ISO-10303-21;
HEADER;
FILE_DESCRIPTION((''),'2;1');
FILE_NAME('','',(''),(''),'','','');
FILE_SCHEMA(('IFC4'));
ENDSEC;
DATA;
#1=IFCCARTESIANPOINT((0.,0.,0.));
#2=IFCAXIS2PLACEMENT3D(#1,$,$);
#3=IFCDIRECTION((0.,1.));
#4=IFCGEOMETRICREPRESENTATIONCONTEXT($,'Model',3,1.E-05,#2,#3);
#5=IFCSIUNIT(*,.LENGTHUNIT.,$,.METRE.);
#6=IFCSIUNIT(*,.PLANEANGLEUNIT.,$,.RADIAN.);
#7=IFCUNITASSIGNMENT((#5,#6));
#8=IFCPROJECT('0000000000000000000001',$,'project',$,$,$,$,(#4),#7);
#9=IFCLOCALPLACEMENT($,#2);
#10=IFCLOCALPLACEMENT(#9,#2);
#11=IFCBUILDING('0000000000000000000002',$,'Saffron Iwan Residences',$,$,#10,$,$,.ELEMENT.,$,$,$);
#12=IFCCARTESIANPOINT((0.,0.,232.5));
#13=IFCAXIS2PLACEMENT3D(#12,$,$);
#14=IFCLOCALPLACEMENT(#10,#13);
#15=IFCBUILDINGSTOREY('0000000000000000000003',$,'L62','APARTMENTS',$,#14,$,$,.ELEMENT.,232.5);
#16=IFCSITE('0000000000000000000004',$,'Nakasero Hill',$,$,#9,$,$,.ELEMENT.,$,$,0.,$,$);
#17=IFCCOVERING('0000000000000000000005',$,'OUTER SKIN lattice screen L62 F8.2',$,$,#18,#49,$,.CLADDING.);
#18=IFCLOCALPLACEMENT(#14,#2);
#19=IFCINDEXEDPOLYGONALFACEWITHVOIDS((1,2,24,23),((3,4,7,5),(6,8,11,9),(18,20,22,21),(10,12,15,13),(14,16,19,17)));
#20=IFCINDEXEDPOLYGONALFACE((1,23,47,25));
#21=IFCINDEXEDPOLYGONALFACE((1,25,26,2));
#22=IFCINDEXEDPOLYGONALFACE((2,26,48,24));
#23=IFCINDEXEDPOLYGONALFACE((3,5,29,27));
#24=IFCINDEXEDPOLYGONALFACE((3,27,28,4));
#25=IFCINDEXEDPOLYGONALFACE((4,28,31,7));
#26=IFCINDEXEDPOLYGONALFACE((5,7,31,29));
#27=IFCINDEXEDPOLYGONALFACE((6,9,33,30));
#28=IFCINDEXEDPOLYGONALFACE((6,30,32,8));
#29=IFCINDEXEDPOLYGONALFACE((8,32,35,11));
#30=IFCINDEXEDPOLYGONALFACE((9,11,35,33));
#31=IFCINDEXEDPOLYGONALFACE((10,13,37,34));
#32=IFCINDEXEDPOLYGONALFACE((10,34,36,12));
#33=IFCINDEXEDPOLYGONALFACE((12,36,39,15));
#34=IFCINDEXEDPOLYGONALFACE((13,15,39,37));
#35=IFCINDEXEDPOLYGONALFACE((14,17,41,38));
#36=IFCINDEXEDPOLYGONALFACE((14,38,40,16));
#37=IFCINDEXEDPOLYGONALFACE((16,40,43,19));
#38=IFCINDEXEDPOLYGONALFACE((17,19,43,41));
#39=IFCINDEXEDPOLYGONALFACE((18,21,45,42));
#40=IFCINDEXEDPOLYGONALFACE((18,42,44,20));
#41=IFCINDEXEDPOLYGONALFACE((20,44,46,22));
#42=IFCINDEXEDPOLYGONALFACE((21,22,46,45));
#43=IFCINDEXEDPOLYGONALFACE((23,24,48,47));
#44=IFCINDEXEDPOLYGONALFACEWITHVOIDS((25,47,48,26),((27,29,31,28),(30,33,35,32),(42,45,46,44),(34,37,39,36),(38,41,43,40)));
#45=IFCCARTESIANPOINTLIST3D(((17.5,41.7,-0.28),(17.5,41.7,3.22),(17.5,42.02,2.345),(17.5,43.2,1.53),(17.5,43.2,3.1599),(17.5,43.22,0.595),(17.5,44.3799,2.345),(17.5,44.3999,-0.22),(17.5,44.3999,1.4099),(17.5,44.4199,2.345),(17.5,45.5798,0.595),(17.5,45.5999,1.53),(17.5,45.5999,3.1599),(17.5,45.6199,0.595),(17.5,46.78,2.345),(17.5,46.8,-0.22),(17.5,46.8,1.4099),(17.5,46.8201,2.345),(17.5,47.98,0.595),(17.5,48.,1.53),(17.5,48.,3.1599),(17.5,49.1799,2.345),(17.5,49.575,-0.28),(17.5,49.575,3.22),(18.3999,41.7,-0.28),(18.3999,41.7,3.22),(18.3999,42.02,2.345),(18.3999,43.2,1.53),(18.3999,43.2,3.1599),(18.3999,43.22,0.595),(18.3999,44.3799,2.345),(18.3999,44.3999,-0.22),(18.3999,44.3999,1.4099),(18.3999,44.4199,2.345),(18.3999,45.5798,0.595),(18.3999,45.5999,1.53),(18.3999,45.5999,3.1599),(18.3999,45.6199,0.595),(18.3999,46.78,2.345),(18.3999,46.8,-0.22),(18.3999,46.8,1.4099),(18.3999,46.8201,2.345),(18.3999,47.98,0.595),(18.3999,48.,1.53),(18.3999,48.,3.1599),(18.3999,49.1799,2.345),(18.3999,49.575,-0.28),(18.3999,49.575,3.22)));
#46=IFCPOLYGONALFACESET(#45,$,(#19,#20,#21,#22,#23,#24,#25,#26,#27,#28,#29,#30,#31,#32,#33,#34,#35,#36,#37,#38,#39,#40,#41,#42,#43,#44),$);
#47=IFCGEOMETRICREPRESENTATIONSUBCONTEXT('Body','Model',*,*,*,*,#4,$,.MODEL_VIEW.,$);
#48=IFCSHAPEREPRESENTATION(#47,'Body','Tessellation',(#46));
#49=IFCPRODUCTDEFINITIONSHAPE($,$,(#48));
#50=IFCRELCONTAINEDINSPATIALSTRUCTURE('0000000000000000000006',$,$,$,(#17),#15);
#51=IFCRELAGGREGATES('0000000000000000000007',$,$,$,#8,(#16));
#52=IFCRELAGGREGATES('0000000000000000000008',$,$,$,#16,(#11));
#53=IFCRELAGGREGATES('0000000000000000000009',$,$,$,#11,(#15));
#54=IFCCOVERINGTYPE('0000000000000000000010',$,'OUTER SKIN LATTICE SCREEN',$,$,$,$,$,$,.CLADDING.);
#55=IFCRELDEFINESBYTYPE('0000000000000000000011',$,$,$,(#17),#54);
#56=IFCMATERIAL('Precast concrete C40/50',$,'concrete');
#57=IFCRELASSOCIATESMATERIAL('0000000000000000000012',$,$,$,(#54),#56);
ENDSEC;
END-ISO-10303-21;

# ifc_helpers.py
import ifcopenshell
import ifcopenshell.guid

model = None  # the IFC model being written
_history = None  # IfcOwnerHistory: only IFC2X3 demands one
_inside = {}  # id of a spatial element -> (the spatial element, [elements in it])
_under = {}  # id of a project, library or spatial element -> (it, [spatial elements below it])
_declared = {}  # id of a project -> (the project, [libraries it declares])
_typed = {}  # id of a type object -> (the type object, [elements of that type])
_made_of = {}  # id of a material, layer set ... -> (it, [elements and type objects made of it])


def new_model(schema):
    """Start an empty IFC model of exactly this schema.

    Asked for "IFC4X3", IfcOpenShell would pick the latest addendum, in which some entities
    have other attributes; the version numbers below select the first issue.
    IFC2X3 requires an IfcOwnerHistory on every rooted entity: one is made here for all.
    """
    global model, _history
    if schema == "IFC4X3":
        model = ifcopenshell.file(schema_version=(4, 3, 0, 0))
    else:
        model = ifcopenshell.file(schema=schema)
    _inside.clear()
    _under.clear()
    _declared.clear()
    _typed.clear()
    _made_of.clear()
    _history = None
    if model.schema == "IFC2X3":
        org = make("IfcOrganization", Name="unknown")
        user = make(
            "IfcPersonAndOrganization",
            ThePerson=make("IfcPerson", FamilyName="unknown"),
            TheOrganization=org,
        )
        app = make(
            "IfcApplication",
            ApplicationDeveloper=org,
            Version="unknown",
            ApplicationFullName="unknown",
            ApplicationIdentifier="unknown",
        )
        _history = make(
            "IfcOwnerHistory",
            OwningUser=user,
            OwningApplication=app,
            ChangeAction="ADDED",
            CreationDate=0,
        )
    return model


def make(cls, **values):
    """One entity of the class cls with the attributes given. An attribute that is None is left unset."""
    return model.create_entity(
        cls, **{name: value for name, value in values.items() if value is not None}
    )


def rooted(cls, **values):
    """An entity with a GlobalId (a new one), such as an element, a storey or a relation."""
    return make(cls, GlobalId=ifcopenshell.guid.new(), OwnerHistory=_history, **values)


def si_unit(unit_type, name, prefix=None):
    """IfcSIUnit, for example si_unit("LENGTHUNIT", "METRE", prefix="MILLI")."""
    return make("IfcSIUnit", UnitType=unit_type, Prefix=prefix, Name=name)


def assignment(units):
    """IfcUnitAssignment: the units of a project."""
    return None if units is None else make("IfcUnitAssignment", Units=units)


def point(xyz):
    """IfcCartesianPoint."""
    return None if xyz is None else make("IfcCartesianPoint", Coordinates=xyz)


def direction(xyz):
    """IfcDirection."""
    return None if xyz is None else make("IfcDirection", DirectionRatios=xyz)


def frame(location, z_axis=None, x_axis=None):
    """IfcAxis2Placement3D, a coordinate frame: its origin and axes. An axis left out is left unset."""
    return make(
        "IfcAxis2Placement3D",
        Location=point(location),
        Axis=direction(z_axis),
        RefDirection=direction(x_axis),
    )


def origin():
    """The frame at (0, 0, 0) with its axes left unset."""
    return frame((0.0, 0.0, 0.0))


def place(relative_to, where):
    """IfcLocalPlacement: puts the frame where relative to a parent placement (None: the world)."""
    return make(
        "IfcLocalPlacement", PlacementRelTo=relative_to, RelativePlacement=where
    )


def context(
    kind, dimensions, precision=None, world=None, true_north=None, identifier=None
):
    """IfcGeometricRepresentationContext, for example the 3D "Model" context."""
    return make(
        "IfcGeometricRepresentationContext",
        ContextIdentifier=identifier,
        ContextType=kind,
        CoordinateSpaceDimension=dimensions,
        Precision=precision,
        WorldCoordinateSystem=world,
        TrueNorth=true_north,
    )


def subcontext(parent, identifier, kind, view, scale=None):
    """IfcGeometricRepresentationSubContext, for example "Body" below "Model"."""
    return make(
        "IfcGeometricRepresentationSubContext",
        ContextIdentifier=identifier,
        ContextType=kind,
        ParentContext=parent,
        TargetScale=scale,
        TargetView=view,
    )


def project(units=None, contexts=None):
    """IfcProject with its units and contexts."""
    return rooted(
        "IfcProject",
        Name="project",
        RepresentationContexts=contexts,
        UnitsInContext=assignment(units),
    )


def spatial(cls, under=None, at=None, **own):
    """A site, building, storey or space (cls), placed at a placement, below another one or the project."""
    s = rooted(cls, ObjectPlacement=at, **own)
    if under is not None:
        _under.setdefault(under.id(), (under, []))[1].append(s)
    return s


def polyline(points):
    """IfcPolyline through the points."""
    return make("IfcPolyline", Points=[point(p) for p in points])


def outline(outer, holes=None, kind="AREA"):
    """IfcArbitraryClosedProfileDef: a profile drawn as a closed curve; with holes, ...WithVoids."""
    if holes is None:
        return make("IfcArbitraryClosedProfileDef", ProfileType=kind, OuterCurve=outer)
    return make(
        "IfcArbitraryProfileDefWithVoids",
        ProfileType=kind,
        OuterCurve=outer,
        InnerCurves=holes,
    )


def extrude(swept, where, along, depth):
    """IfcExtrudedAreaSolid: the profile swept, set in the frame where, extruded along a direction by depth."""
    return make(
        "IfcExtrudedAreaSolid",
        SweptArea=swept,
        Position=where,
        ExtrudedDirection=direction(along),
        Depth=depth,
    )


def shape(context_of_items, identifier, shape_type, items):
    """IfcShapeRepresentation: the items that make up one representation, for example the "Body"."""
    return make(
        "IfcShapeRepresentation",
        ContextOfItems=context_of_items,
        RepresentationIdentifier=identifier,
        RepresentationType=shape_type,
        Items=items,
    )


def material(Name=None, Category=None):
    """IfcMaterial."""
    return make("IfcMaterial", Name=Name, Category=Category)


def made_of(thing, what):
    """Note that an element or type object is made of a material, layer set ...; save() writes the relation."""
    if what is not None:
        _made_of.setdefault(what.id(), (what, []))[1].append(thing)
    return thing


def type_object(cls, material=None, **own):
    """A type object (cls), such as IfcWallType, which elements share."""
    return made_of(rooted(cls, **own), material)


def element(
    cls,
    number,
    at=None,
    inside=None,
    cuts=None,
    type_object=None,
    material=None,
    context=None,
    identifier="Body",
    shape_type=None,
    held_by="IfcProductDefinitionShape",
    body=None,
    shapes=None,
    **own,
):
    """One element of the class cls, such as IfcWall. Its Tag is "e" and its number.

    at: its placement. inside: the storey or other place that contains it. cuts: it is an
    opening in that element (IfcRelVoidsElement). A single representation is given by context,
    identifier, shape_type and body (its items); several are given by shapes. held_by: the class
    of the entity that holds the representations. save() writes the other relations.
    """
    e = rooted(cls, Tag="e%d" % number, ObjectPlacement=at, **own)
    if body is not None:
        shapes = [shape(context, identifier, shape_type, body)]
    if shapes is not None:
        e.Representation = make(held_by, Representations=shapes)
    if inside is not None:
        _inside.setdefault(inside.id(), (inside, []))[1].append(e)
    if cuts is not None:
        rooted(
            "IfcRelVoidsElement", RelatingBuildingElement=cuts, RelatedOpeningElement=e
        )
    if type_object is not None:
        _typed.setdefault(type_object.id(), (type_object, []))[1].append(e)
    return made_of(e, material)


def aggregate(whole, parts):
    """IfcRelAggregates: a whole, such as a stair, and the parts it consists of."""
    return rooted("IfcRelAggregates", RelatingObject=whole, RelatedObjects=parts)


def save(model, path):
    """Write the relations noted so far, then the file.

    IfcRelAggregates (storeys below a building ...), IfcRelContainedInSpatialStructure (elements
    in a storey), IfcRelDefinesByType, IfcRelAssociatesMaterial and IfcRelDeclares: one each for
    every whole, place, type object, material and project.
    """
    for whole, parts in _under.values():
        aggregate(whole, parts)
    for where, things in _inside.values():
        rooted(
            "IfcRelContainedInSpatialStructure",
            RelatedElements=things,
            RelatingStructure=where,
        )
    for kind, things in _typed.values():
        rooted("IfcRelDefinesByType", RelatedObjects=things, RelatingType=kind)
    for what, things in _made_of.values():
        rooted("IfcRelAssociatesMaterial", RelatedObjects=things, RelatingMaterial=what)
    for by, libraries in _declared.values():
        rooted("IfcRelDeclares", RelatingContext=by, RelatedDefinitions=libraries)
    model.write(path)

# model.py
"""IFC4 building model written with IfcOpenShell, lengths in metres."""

from ifc_helpers import new_model, si_unit, direction, frame, origin, place, context, subcontext, project, spatial, polyline, outline, extrude, material, type_object, element, save


model = new_model("IFC4")

# Units and contexts
model_context = context("Model", 3, precision=1e-05, world=origin(), true_north=direction((0.0, 1.0)))
body_context = subcontext(model_context, "Body", "Model", "MODEL_VIEW")
ifc_project = project(units=[si_unit("LENGTHUNIT", "METRE"), si_unit("PLANEANGLEUNIT", "RADIAN")], contexts=[model_context])

# Site, building, storey
site_placement = place(None, origin())
site = spatial("IfcSite", under=ifc_project, at=site_placement, Name="Nakasero Hill", CompositionType="ELEMENT", RefElevation=0.0)
building_placement = place(site_placement, origin())
building = spatial("IfcBuilding", under=site, at=building_placement, Name="Saffron Iwan Residences", CompositionType="ELEMENT")
storey_placement = place(building_placement, frame((0.0, 0.0, 232.5)))
storey = spatial("IfcBuildingStorey", under=building, at=storey_placement, Name="L62", Description="APARTMENTS", CompositionType="ELEMENT", Elevation=232.5)

# Covering
ifc_material_1 = material(Name="Precast concrete C40/50", Category="concrete")
covering_type = type_object("IfcCoveringType", Name="OUTER SKIN LATTICE SCREEN", PredefinedType="CLADDING", material=ifc_material_1)
covering_placement = place(storey_placement, frame((18.3999, 49.575, -0.28), z_axis=(-1.0, 0.0, 0.0), x_axis=(0.0, -1.0, 0.0)))
element("IfcCovering", 1, at=covering_placement, inside=storey, type_object=covering_type, Name="OUTER SKIN lattice screen L62 F8.2", PredefinedType="CLADDING", context=body_context, shape_type="SweptSolid", body=[
    extrude(outline(polyline([(0.0, 0.0), (7.875, 0.0), (7.875, 3.5), (0.0, 3.5), (0.0, 0.0)]), holes=[polyline([(1.595, 0.875), (2.7749, 0.0601), (3.9551, 0.875), (2.7749, 1.6899), (1.595, 0.875)]), polyline([(3.9951, 0.875), (5.175, 0.0601), (6.355, 0.875), (5.175, 1.6899), (3.9951, 0.875)]), polyline([(0.395, 2.625), (1.575, 1.8101), (2.7549, 2.625), (1.575, 3.4399), (0.395, 2.625)]), polyline([(2.7949, 2.625), (3.9751, 1.8101), (5.155, 2.625), (3.9751, 3.4399), (2.7949, 2.625)]), polyline([(5.1951, 2.625), (6.375, 1.8101), (7.5549, 2.625), (6.375, 3.4399), (5.1951, 2.625)])]), origin(), (0.0, 0.0, 1.0), 0.8999),
])

save(model, "model.ifc")
